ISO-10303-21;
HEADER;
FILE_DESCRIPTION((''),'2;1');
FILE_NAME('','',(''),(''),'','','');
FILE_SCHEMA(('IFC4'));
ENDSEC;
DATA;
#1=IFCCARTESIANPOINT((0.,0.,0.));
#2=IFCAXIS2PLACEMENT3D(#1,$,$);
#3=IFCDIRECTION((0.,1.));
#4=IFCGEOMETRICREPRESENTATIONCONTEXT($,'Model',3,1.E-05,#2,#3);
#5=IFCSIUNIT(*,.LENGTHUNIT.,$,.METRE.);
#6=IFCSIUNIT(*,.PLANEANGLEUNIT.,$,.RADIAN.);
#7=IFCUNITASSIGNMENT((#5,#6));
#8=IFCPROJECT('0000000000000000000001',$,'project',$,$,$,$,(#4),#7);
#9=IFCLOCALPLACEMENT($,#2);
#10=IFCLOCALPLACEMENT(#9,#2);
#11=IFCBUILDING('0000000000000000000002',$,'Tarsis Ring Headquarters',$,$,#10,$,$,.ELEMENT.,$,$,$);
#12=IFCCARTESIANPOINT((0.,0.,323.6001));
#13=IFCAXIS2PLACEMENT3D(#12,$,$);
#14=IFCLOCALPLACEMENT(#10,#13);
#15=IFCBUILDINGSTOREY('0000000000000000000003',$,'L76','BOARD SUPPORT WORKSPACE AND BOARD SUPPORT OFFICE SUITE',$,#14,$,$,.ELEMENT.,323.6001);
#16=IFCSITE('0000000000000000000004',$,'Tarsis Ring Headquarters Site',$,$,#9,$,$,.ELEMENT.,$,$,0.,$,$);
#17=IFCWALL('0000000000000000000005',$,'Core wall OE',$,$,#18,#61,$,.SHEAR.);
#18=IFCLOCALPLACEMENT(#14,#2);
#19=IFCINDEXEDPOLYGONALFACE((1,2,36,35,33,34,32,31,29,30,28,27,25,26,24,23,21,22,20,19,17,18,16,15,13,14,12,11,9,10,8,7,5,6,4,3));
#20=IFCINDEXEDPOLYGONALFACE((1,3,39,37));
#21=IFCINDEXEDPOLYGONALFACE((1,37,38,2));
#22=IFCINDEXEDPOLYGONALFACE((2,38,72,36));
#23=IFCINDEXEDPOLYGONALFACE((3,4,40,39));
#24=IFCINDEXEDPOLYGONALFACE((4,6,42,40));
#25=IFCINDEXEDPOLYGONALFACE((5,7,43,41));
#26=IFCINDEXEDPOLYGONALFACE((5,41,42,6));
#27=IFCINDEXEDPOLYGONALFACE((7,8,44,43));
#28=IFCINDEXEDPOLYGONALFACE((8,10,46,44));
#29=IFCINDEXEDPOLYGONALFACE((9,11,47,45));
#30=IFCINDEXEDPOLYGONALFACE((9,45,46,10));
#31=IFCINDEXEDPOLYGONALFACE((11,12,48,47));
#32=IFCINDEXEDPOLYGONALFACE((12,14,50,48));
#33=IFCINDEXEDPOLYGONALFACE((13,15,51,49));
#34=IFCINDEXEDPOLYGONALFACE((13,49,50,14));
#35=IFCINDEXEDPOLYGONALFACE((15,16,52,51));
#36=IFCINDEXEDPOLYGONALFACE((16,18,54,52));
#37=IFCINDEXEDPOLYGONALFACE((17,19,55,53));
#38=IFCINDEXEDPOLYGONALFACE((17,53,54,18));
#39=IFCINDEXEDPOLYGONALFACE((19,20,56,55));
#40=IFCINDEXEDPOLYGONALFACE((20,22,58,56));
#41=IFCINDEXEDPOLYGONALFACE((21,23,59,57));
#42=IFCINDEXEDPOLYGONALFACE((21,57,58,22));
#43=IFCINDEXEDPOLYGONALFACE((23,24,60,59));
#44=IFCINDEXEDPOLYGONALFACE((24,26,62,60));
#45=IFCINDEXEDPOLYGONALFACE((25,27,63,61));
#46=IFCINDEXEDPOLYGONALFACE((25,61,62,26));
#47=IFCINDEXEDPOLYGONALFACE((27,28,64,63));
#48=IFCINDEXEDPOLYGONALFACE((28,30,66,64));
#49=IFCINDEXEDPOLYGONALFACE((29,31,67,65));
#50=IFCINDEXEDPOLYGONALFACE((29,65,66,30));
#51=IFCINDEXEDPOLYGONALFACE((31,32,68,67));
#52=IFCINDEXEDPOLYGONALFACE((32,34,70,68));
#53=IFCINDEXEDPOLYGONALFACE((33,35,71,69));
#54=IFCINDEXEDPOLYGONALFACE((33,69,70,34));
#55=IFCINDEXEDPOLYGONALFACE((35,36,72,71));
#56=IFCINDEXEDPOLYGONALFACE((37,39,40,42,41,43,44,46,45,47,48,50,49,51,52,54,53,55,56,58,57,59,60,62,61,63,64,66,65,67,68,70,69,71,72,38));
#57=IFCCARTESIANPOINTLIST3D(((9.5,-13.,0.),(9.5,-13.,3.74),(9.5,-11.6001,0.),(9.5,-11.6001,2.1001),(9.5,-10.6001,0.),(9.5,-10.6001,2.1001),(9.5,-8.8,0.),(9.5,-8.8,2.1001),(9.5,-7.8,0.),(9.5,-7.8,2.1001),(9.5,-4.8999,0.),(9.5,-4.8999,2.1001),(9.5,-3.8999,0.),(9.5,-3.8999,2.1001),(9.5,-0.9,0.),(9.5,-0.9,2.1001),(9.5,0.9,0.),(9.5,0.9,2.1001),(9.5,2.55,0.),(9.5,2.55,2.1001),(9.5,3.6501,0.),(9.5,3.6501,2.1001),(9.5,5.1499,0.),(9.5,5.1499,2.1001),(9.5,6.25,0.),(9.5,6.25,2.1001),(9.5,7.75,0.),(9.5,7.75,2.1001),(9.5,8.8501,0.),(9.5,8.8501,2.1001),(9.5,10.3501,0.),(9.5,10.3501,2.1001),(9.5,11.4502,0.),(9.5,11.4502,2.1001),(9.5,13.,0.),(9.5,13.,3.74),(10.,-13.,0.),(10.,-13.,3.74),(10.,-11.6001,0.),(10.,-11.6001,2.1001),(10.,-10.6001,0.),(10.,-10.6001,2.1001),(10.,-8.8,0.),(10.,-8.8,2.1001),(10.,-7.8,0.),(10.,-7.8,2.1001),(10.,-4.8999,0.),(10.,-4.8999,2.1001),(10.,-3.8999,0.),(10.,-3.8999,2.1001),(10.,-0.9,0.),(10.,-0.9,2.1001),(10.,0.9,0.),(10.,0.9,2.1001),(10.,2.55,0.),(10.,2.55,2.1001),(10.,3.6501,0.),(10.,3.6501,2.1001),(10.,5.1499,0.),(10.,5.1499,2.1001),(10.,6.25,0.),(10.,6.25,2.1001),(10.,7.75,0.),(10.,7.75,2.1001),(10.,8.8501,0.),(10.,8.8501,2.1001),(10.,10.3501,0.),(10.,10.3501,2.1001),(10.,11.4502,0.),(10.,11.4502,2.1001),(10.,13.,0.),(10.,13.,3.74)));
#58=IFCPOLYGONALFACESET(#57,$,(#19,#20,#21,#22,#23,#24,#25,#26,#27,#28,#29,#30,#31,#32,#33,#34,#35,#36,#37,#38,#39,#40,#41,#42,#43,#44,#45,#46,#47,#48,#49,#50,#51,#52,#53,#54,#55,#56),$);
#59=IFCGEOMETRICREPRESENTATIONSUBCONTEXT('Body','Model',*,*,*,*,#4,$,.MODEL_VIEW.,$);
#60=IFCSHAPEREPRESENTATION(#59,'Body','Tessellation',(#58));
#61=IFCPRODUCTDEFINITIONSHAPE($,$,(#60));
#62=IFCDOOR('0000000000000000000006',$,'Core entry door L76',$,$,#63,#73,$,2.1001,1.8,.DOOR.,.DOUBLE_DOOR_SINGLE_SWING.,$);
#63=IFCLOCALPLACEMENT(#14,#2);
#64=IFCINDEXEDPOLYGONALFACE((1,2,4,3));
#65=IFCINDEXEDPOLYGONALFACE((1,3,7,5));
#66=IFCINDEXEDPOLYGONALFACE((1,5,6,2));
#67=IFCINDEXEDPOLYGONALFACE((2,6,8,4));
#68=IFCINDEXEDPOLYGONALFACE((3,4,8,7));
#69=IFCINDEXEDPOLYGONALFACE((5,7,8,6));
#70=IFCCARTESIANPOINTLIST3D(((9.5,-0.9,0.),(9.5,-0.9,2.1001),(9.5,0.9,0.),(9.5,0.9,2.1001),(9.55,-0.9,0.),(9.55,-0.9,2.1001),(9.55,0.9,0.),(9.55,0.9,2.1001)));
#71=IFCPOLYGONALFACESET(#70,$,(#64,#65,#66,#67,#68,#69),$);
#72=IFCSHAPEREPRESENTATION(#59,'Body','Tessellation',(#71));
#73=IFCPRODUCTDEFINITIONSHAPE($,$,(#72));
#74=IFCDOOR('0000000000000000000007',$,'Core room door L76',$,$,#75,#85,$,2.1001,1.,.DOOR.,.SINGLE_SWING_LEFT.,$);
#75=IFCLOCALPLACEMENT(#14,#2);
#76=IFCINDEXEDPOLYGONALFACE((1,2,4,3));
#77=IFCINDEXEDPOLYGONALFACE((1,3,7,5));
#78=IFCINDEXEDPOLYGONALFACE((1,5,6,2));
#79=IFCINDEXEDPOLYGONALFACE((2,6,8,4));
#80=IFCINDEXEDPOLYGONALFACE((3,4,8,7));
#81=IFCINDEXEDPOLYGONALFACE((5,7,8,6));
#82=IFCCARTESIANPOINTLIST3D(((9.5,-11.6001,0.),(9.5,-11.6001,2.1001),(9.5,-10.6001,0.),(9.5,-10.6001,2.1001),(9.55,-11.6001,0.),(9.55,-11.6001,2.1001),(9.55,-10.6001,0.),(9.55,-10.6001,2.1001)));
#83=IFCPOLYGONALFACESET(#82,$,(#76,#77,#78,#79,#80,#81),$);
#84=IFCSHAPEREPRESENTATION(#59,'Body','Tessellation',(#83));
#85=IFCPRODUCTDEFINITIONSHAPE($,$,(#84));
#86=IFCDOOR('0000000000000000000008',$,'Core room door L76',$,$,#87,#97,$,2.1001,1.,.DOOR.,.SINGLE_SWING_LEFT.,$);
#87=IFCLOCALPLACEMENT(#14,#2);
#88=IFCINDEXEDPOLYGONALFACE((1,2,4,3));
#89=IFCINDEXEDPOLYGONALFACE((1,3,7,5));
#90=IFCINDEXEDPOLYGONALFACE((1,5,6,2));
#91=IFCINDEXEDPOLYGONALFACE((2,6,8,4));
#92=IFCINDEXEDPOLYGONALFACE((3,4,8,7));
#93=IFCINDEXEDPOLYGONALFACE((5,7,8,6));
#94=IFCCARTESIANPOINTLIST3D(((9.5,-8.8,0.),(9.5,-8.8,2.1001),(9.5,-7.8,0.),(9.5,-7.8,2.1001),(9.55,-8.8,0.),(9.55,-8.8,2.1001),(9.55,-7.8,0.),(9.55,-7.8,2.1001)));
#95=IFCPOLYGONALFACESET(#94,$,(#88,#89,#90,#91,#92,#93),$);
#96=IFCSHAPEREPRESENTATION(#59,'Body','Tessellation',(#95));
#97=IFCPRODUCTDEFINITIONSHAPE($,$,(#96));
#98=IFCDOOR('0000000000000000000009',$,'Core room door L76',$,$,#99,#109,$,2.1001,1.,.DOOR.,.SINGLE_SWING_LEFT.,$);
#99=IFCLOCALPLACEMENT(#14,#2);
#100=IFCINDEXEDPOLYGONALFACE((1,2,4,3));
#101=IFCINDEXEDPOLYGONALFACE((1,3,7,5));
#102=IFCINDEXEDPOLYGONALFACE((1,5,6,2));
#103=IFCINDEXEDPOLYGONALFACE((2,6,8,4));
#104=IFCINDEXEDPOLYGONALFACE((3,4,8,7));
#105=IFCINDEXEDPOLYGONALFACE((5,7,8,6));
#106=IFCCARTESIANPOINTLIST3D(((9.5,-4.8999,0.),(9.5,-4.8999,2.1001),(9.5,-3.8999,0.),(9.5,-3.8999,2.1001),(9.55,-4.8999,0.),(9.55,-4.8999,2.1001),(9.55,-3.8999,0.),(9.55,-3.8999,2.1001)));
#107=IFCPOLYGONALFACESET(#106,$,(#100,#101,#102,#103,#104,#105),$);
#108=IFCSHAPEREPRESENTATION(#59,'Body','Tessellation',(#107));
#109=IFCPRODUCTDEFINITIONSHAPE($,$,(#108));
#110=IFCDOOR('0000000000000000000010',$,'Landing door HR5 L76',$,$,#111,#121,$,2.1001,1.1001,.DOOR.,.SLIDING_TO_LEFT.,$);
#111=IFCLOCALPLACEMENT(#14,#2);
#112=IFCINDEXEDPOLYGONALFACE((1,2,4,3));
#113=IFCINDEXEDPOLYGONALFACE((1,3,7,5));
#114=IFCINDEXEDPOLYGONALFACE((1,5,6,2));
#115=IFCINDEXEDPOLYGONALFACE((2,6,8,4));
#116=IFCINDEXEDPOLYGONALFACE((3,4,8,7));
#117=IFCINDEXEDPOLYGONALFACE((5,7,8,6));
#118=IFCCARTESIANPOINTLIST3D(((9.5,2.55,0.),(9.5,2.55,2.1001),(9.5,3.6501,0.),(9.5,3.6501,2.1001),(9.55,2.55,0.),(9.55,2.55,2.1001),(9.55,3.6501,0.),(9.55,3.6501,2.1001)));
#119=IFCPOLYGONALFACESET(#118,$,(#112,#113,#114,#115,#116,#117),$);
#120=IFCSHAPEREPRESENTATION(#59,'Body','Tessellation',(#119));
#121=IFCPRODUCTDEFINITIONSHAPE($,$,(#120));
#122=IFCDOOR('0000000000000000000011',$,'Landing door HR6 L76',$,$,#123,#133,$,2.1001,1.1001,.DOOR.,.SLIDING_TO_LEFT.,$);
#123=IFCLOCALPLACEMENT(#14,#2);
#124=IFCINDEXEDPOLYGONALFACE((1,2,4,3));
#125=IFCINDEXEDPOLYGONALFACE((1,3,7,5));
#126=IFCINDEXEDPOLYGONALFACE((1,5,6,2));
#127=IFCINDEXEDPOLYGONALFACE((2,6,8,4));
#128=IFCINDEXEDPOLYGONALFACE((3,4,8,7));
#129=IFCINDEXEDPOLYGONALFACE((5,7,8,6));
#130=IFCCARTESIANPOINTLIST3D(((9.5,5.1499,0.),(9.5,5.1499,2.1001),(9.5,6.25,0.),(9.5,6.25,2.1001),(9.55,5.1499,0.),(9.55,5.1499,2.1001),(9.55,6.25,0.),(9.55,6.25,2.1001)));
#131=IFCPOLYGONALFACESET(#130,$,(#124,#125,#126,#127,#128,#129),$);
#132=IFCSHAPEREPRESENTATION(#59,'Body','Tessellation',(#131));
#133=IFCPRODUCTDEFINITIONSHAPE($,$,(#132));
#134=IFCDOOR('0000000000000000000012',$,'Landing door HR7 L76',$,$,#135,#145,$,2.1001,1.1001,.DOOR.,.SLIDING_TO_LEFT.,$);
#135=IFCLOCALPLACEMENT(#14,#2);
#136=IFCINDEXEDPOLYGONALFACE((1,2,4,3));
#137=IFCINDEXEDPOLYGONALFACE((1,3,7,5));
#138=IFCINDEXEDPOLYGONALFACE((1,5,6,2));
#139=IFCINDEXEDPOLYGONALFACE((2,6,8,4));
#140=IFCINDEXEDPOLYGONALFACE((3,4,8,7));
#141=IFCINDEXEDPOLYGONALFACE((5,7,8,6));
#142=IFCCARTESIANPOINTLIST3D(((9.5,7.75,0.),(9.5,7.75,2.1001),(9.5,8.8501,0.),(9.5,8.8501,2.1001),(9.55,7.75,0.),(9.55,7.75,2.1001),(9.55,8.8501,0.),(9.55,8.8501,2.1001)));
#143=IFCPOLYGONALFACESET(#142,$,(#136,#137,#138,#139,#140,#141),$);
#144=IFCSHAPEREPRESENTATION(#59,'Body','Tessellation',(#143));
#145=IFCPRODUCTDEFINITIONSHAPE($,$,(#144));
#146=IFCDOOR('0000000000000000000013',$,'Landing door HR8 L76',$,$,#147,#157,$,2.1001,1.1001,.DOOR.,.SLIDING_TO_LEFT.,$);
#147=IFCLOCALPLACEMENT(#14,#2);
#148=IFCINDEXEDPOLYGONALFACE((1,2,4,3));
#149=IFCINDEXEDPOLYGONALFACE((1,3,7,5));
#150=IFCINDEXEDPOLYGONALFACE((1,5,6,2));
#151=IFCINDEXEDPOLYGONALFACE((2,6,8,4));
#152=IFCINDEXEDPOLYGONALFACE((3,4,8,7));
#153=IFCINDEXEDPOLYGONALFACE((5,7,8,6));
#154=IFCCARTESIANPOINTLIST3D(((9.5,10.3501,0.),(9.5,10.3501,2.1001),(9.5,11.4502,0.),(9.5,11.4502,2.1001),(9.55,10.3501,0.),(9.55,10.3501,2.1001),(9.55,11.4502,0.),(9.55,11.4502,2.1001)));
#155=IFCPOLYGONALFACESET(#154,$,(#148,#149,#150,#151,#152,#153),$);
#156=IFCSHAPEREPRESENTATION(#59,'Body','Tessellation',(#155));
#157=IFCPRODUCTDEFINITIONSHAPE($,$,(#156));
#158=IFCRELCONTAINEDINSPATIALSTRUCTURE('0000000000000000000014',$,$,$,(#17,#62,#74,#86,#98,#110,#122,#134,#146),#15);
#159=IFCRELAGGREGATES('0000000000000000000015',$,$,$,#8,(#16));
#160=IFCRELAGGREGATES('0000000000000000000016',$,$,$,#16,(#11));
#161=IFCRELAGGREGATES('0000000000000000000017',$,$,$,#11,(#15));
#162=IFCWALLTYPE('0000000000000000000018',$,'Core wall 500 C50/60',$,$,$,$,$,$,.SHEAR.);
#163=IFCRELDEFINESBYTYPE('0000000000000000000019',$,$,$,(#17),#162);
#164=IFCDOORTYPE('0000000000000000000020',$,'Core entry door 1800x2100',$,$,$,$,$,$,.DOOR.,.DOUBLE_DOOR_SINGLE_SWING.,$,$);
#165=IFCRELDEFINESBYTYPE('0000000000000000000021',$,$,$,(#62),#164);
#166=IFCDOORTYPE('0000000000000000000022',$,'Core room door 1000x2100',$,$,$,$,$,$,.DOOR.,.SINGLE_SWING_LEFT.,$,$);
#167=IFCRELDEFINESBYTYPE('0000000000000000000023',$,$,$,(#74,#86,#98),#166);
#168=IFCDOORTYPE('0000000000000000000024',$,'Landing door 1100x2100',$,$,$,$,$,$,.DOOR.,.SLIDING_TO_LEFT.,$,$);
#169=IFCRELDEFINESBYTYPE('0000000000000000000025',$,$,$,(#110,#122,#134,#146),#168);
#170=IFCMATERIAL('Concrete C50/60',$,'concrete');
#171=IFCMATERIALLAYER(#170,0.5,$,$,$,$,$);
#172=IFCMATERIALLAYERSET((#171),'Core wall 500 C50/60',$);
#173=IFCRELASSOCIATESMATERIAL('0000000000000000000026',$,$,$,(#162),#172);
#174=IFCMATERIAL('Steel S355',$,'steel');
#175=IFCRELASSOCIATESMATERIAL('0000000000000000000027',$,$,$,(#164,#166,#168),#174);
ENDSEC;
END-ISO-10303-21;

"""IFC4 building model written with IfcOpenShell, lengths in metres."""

from ifc_helpers import new_model, si_unit, direction, frame, frame_2d, origin, place, context, subcontext, project, spatial, rectangle, extrude, material, layer, layer_set, type_object, element, fill, save


model = new_model("IFC4")

# Units and contexts
model_context = context("Model", 3, precision=1e-05, world=origin(), true_north=direction((0.0, 1.0)))
body_context = subcontext(model_context, "Body", "Model", "MODEL_VIEW")
ifc_project = project(units=[si_unit("LENGTHUNIT", "METRE"), si_unit("PLANEANGLEUNIT", "RADIAN")], contexts=[model_context])

# Site, building, storey
site_placement = place(None, origin())
site = spatial("IfcSite", under=ifc_project, at=site_placement, Name="Tarsis Ring Headquarters Site", CompositionType="ELEMENT", RefElevation=0.0)
building_placement = place(site_placement, origin())
building = spatial("IfcBuilding", under=site, at=building_placement, Name="Tarsis Ring Headquarters", CompositionType="ELEMENT")
storey_placement = place(building_placement, frame((0.0, 0.0, 323.6001)))
storey = spatial("IfcBuildingStorey", under=building, at=storey_placement, Name="L76", Description="BOARD SUPPORT WORKSPACE AND BOARD SUPPORT OFFICE SUITE", CompositionType="ELEMENT", Elevation=323.6001)

# Wall, openings, doors
ifc_material_1 = material(Name="Concrete C50/60", Category="concrete")
ifc_layer_1 = layer(ifc_material_1, 0.5)
ifc_layer_set_1 = layer_set([ifc_layer_1], Name="Core wall 500 C50/60")
wall_type_1 = type_object("IfcWallType", Name="Core wall 500 C50/60", PredefinedType="SHEAR", material=ifc_layer_set_1)
wall_1_placement = place(storey_placement, frame((9.75, -13.0, 0.0), z_axis=(0.0, 0.0, 1.0), x_axis=(0.0, 1.0, 0.0)))
wall_1 = element("IfcWall", 1, at=wall_1_placement, inside=storey, type_object=wall_type_1, Name="Core wall OE", PredefinedType="SHEAR", context=body_context, shape_type="SweptSolid", body=[
    extrude(rectangle(XDim=26.0, YDim=0.5, at=frame_2d((13.0, 0.0))), origin(), (0.0, 0.0, 1.0), 3.74),
])
opening_1_placement = place(wall_1_placement, frame((1.3999, 0.0, 0.0)))
opening_1 = element("IfcOpeningElement", 2, at=opening_1_placement, cuts=wall_1, PredefinedType="OPENING", context=body_context, shape_type="SweptSolid", body=[
    extrude(rectangle(XDim=1.0, YDim=2.1001, at=frame_2d((0.5, 1.05))), frame((0.0, 0.26, 0.0), z_axis=(0.0, -1.0, 0.0), x_axis=(1.0, 0.0, 0.0)), (0.0, 0.0, 1.0), 0.52),
])
opening_2_placement = place(wall_1_placement, frame((4.2, 0.0, 0.0)))
opening_2 = element("IfcOpeningElement", 3, at=opening_2_placement, cuts=wall_1, PredefinedType="OPENING", context=body_context, shape_type="SweptSolid", body=[
    extrude(rectangle(XDim=1.0, YDim=2.1001, at=frame_2d((0.5, 1.05))), frame((0.0, 0.26, 0.0), z_axis=(0.0, -1.0, 0.0), x_axis=(1.0, 0.0, 0.0)), (0.0, 0.0, 1.0), 0.52),
])
opening_3_placement = place(wall_1_placement, frame((8.1001, 0.0, 0.0)))
opening_3 = element("IfcOpeningElement", 4, at=opening_3_placement, cuts=wall_1, PredefinedType="OPENING", context=body_context, shape_type="SweptSolid", body=[
    extrude(rectangle(XDim=1.0, YDim=2.1001, at=frame_2d((0.5, 1.05))), frame((0.0, 0.26, 0.0), z_axis=(0.0, -1.0, 0.0), x_axis=(1.0, 0.0, 0.0)), (0.0, 0.0, 1.0), 0.52),
])
opening_4_placement = place(wall_1_placement, frame((12.1001, 0.0, 0.0)))
opening_4 = element("IfcOpeningElement", 5, at=opening_4_placement, cuts=wall_1, PredefinedType="OPENING", context=body_context, shape_type="SweptSolid", body=[
    extrude(rectangle(XDim=1.8, YDim=2.1001, at=frame_2d((0.8999, 1.05))), frame((0.0, 0.26, 0.0), z_axis=(0.0, -1.0, 0.0), x_axis=(1.0, 0.0, 0.0)), (0.0, 0.0, 1.0), 0.52),
])
opening_5_placement = place(wall_1_placement, frame((15.55, 0.0, 0.0)))
opening_5 = element("IfcOpeningElement", 6, at=opening_5_placement, cuts=wall_1, PredefinedType="OPENING", context=body_context, shape_type="SweptSolid", body=[
    extrude(rectangle(XDim=1.1001, YDim=2.1001, at=frame_2d((0.55, 1.05))), frame((0.0, 0.26, 0.0), z_axis=(0.0, -1.0, 0.0), x_axis=(1.0, 0.0, 0.0)), (0.0, 0.0, 1.0), 0.52),
])
opening_6_placement = place(wall_1_placement, frame((18.1499, 0.0, 0.0)))
opening_6 = element("IfcOpeningElement", 7, at=opening_6_placement, cuts=wall_1, PredefinedType="OPENING", context=body_context, shape_type="SweptSolid", body=[
    extrude(rectangle(XDim=1.1001, YDim=2.1001, at=frame_2d((0.55, 1.05))), frame((0.0, 0.26, 0.0), z_axis=(0.0, -1.0, 0.0), x_axis=(1.0, 0.0, 0.0)), (0.0, 0.0, 1.0), 0.52),
])
opening_7_placement = place(wall_1_placement, frame((20.75, 0.0, 0.0)))
opening_7 = element("IfcOpeningElement", 8, at=opening_7_placement, cuts=wall_1, PredefinedType="OPENING", context=body_context, shape_type="SweptSolid", body=[
    extrude(rectangle(XDim=1.1001, YDim=2.1001, at=frame_2d((0.55, 1.05))), frame((0.0, 0.26, 0.0), z_axis=(0.0, -1.0, 0.0), x_axis=(1.0, 0.0, 0.0)), (0.0, 0.0, 1.0), 0.52),
])
opening_8_placement = place(wall_1_placement, frame((23.3501, 0.0, 0.0)))
opening_8 = element("IfcOpeningElement", 9, at=opening_8_placement, cuts=wall_1, PredefinedType="OPENING", context=body_context, shape_type="SweptSolid", body=[
    extrude(rectangle(XDim=1.1001, YDim=2.1001, at=frame_2d((0.55, 1.05))), frame((0.0, 0.26, 0.0), z_axis=(0.0, -1.0, 0.0), x_axis=(1.0, 0.0, 0.0)), (0.0, 0.0, 1.0), 0.52),
])
ifc_material_2 = material(Name="Steel S355", Category="steel")
door_type_1 = type_object("IfcDoorType", Name="Core entry door 1800x2100", OperationType="DOUBLE_DOOR_SINGLE_SWING", PredefinedType="DOOR", material=ifc_material_2)
door_1_placement = place(opening_4_placement, origin())
door_1 = element("IfcDoor", 10, at=door_1_placement, inside=storey, type_object=door_type_1, Name="Core entry door L76", OperationType="DOUBLE_DOOR_SINGLE_SWING", OverallHeight=2.1001, OverallWidth=1.8, PredefinedType="DOOR", context=body_context, shape_type="SweptSolid", body=[
    extrude(rectangle(XDim=1.8, YDim=2.1001, at=frame_2d((0.8999, 1.05))), frame((0.0, 0.25, 0.0), z_axis=(0.0, -1.0, 0.0), x_axis=(1.0, 0.0, 0.0)), (0.0, 0.0, 1.0), 0.05),
])
fill(opening_4, door_1)
door_type_2 = type_object("IfcDoorType", Name="Core room door 1000x2100", OperationType="SINGLE_SWING_LEFT", PredefinedType="DOOR", material=ifc_material_2)
door_2_placement = place(opening_1_placement, origin())
door_2 = element("IfcDoor", 11, at=door_2_placement, inside=storey, type_object=door_type_2, Name="Core room door L76", OperationType="SINGLE_SWING_LEFT", OverallHeight=2.1001, OverallWidth=1.0, PredefinedType="DOOR", context=body_context, shape_type="SweptSolid", body=[
    extrude(rectangle(XDim=1.0, YDim=2.1001, at=frame_2d((0.5, 1.05))), frame((0.0, 0.25, 0.0), z_axis=(0.0, -1.0, 0.0), x_axis=(1.0, 0.0, 0.0)), (0.0, 0.0, 1.0), 0.05),
])
fill(opening_1, door_2)
door_3_placement = place(opening_2_placement, origin())
door_3 = element("IfcDoor", 12, at=door_3_placement, inside=storey, type_object=door_type_2, Name="Core room door L76", OperationType="SINGLE_SWING_LEFT", OverallHeight=2.1001, OverallWidth=1.0, PredefinedType="DOOR", context=body_context, shape_type="SweptSolid", body=[
    extrude(rectangle(XDim=1.0, YDim=2.1001, at=frame_2d((0.5, 1.05))), frame((0.0, 0.25, 0.0), z_axis=(0.0, -1.0, 0.0), x_axis=(1.0, 0.0, 0.0)), (0.0, 0.0, 1.0), 0.05),
])
fill(opening_2, door_3)
door_4_placement = place(opening_3_placement, origin())
door_4 = element("IfcDoor", 13, at=door_4_placement, inside=storey, type_object=door_type_2, Name="Core room door L76", OperationType="SINGLE_SWING_LEFT", OverallHeight=2.1001, OverallWidth=1.0, PredefinedType="DOOR", context=body_context, shape_type="SweptSolid", body=[
    extrude(rectangle(XDim=1.0, YDim=2.1001, at=frame_2d((0.5, 1.05))), frame((0.0, 0.25, 0.0), z_axis=(0.0, -1.0, 0.0), x_axis=(1.0, 0.0, 0.0)), (0.0, 0.0, 1.0), 0.05),
])
fill(opening_3, door_4)
door_type_3 = type_object("IfcDoorType", Name="Landing door 1100x2100", OperationType="SLIDING_TO_LEFT", PredefinedType="DOOR", material=ifc_material_2)
door_5_placement = place(opening_5_placement, origin())
door_5 = element("IfcDoor", 14, at=door_5_placement, inside=storey, type_object=door_type_3, Name="Landing door HR5 L76", OperationType="SLIDING_TO_LEFT", OverallHeight=2.1001, OverallWidth=1.1001, PredefinedType="DOOR", context=body_context, shape_type="SweptSolid", body=[
    extrude(rectangle(XDim=1.1001, YDim=2.1001, at=frame_2d((0.55, 1.05))), frame((0.0, 0.25, 0.0), z_axis=(0.0, -1.0, 0.0), x_axis=(1.0, 0.0, 0.0)), (0.0, 0.0, 1.0), 0.05),
])
fill(opening_5, door_5)
door_6_placement = place(opening_6_placement, origin())
door_6 = element("IfcDoor", 15, at=door_6_placement, inside=storey, type_object=door_type_3, Name="Landing door HR6 L76", OperationType="SLIDING_TO_LEFT", OverallHeight=2.1001, OverallWidth=1.1001, PredefinedType="DOOR", context=body_context, shape_type="SweptSolid", body=[
    extrude(rectangle(XDim=1.1001, YDim=2.1001, at=frame_2d((0.55, 1.05))), frame((0.0, 0.25, 0.0), z_axis=(0.0, -1.0, 0.0), x_axis=(1.0, 0.0, 0.0)), (0.0, 0.0, 1.0), 0.05),
])
fill(opening_6, door_6)
door_7_placement = place(opening_7_placement, origin())
door_7 = element("IfcDoor", 16, at=door_7_placement, inside=storey, type_object=door_type_3, Name="Landing door HR7 L76", OperationType="SLIDING_TO_LEFT", OverallHeight=2.1001, OverallWidth=1.1001, PredefinedType="DOOR", context=body_context, shape_type="SweptSolid", body=[
    extrude(rectangle(XDim=1.1001, YDim=2.1001, at=frame_2d((0.55, 1.05))), frame((0.0, 0.25, 0.0), z_axis=(0.0, -1.0, 0.0), x_axis=(1.0, 0.0, 0.0)), (0.0, 0.0, 1.0), 0.05),
])
fill(opening_7, door_7)
door_8_placement = place(opening_8_placement, origin())
door_8 = element("IfcDoor", 17, at=door_8_placement, inside=storey, type_object=door_type_3, Name="Landing door HR8 L76", OperationType="SLIDING_TO_LEFT", OverallHeight=2.1001, OverallWidth=1.1001, PredefinedType="DOOR", context=body_context, shape_type="SweptSolid", body=[
    extrude(rectangle(XDim=1.1001, YDim=2.1001, at=frame_2d((0.55, 1.05))), frame((0.0, 0.25, 0.0), z_axis=(0.0, -1.0, 0.0), x_axis=(1.0, 0.0, 0.0)), (0.0, 0.0, 1.0), 0.05),
])
fill(opening_8, door_8)

save(model, "model.ifc")
